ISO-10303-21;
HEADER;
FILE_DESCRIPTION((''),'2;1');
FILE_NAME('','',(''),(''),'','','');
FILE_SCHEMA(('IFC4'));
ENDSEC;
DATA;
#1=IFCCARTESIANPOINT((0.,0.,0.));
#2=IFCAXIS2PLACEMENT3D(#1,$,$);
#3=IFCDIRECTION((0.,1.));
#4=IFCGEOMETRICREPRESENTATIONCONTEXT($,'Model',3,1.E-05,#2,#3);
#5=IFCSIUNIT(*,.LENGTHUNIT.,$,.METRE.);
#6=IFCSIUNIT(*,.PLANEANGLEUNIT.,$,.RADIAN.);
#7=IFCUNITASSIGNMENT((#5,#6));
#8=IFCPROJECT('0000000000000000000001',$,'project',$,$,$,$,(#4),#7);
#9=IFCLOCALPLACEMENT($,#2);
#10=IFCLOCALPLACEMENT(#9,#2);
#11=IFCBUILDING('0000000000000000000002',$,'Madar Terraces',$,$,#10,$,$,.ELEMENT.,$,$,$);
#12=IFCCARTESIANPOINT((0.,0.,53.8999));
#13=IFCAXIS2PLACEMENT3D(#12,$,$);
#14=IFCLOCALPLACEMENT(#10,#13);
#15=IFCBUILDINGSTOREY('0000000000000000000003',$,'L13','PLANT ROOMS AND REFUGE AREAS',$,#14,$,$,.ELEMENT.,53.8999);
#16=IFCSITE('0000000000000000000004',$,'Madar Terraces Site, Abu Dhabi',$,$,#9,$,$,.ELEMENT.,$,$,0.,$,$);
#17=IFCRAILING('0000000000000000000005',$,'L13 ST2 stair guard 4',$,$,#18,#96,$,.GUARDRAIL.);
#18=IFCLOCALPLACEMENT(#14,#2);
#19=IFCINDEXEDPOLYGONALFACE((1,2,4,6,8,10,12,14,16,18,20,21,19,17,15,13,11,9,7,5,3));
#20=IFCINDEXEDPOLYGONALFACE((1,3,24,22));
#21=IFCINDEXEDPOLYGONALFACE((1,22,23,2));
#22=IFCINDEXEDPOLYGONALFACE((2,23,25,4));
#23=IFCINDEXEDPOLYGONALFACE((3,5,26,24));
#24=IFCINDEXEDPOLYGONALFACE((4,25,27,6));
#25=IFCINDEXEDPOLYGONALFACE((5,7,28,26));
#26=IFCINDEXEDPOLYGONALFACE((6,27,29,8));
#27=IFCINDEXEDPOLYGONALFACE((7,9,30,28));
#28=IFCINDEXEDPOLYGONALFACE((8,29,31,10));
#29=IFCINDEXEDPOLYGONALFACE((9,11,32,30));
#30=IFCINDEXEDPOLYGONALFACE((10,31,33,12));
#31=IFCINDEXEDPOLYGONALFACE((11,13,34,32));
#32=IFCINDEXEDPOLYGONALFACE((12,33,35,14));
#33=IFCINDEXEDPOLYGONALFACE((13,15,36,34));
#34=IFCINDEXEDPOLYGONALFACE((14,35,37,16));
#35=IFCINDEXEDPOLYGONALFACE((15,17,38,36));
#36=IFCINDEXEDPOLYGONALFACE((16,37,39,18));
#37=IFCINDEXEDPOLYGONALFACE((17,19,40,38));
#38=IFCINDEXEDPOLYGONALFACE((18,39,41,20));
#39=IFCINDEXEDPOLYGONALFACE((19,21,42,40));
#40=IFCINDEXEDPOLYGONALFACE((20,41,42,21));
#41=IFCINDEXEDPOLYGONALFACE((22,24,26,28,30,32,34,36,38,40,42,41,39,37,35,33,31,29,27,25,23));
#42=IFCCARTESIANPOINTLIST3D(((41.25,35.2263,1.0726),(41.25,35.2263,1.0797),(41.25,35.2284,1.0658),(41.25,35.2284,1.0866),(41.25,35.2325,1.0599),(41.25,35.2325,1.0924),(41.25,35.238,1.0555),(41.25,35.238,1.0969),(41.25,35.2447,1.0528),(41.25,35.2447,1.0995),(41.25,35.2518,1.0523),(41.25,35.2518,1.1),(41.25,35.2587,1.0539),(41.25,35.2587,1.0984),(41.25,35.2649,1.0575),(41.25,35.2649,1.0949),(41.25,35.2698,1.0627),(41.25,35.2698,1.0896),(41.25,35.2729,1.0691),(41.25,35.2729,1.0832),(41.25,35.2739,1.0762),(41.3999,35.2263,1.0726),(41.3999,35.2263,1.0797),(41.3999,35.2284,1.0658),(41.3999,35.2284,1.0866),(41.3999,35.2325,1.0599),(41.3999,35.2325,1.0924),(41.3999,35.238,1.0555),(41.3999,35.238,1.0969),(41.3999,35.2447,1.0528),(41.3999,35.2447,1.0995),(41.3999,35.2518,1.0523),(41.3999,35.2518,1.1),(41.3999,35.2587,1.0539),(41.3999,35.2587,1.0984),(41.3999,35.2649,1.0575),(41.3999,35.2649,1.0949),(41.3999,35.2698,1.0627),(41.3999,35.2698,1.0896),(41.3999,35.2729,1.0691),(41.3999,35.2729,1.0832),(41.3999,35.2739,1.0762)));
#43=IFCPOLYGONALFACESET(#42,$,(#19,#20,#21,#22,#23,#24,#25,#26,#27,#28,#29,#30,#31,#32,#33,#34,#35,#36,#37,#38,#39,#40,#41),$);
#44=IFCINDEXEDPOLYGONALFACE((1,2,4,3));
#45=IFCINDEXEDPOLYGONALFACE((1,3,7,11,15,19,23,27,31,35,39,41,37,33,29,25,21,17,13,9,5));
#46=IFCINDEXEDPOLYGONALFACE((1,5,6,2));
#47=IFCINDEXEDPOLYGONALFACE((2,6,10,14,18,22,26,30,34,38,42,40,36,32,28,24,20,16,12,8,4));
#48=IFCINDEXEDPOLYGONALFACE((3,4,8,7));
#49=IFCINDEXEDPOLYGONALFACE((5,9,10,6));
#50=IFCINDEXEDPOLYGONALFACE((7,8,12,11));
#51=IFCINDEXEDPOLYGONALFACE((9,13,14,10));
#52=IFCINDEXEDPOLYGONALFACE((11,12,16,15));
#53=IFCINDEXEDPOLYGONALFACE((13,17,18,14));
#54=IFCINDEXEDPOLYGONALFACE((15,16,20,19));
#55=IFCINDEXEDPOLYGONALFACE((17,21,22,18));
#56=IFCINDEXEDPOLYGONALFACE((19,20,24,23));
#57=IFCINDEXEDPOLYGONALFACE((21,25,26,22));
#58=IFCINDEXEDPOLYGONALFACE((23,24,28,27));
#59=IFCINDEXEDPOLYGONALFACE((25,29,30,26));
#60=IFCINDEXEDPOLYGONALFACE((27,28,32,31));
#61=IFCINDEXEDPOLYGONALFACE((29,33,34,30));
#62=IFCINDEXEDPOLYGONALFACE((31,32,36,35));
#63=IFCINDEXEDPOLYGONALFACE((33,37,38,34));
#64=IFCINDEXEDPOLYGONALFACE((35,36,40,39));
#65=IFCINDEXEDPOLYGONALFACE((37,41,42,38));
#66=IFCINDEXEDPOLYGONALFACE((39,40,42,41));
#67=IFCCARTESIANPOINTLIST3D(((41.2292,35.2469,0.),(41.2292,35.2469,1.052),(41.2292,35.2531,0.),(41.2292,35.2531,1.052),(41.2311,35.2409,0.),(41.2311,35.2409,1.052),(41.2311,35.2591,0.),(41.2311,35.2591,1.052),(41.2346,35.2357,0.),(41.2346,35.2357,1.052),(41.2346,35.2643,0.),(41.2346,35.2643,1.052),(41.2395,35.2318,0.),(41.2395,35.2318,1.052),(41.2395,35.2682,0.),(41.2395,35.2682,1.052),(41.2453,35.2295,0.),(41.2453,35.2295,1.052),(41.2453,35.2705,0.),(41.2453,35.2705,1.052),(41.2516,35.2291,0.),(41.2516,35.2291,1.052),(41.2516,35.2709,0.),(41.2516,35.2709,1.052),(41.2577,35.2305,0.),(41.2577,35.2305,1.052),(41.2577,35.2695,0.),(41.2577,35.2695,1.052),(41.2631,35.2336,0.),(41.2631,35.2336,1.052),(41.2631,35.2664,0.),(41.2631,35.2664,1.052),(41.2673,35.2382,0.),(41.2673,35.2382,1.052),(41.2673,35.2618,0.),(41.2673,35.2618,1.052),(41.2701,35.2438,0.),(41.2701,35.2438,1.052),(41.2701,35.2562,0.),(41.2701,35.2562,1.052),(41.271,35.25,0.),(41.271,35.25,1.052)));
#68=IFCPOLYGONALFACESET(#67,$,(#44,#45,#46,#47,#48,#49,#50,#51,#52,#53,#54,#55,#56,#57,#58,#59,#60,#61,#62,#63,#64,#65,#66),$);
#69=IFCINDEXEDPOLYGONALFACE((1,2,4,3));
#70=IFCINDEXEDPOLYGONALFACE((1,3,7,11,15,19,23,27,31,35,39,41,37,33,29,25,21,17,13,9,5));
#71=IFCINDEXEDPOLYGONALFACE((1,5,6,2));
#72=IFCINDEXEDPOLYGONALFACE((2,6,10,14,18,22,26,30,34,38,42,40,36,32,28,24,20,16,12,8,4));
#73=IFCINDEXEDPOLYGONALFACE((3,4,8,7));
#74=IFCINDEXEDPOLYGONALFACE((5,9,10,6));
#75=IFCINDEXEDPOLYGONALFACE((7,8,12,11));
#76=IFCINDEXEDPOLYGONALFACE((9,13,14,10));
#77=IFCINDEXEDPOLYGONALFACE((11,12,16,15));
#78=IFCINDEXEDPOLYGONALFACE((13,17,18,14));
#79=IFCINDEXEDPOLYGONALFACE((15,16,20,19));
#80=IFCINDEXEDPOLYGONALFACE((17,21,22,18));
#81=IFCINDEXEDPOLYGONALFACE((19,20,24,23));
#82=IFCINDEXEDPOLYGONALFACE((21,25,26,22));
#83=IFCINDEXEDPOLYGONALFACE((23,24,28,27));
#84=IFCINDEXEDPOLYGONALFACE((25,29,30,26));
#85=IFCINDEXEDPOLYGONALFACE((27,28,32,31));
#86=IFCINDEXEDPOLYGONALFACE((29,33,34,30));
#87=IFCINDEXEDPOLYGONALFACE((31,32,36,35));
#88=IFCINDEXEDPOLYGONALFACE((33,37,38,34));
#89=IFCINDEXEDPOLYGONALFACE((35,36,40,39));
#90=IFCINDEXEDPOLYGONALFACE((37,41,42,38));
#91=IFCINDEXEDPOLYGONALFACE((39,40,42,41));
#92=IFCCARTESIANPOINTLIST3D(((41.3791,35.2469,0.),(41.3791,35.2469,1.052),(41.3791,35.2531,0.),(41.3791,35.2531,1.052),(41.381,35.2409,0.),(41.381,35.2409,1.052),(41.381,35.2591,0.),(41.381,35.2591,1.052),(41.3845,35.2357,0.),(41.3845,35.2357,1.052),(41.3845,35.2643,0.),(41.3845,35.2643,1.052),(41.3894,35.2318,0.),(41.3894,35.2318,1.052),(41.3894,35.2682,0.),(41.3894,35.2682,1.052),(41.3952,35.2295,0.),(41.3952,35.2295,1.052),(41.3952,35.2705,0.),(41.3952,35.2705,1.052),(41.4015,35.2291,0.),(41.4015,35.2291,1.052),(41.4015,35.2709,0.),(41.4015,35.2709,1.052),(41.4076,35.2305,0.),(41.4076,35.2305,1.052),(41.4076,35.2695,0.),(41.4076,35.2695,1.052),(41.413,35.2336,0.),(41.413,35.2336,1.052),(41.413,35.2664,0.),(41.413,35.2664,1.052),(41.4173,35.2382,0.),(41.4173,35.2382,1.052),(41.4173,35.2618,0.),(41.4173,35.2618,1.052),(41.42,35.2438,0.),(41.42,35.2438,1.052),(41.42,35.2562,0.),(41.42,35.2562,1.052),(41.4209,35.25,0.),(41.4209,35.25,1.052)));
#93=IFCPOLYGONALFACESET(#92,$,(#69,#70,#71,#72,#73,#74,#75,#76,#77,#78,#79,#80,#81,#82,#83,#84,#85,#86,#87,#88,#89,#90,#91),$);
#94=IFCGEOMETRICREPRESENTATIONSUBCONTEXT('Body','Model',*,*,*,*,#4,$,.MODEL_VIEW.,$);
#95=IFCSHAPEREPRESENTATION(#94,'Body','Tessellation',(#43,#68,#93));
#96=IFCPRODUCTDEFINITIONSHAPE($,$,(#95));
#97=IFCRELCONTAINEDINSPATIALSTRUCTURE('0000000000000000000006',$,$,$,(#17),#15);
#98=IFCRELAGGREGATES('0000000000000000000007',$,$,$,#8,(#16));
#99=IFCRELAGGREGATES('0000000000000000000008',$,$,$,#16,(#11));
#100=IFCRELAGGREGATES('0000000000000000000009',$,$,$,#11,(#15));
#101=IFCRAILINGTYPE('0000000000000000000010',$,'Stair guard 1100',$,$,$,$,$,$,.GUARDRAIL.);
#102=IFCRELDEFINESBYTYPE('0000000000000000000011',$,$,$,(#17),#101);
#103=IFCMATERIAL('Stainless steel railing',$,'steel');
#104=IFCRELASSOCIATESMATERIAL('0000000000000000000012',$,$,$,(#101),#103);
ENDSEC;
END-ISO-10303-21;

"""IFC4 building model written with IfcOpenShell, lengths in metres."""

from ifc_helpers import new_model, si_unit, direction, frame, origin, origin_2d, place, context, subcontext, project, spatial, circle, extrude, material, type_object, element, save


model = new_model("IFC4")

# Units and contexts
model_context = context("Model", 3, precision=1e-05, world=origin(), true_north=direction((0.0, 1.0)))
body_context = subcontext(model_context, "Body", "Model", "MODEL_VIEW")
ifc_project = project(units=[si_unit("LENGTHUNIT", "METRE"), si_unit("PLANEANGLEUNIT", "RADIAN")], contexts=[model_context])

# Site, building, storey
site_placement = place(None, origin())
site = spatial("IfcSite", under=ifc_project, at=site_placement, Name="Madar Terraces Site, Abu Dhabi", CompositionType="ELEMENT", RefElevation=0.0)
building_placement = place(site_placement, origin())
building = spatial("IfcBuilding", under=site, at=building_placement, Name="Madar Terraces", CompositionType="ELEMENT")
storey_placement = place(building_placement, frame((0.0, 0.0, 53.8999)))
storey = spatial("IfcBuildingStorey", under=building, at=storey_placement, Name="L13", Description="PLANT ROOMS AND REFUGE AREAS", CompositionType="ELEMENT", Elevation=53.8999)

# Railing
ifc_material_1 = material(Name="Stainless steel railing", Category="steel")
railing_type_1 = type_object("IfcRailingType", Name="Stair guard 1100", PredefinedType="GUARDRAIL", material=ifc_material_1)
railing_1_placement = place(storey_placement, frame((41.25, 35.25, 0.0)))
element("IfcRailing", 1, at=railing_1_placement, inside=storey, type_object=railing_type_1, Name="L13 ST2 stair guard 4", PredefinedType="GUARDRAIL", context=body_context, shape_type="SweptSolid", body=[
    extrude(circle(Radius=0.0239, at=origin_2d()), frame((0.0, 0.0, 1.0762), z_axis=(1.0, 0.0, 0.0), x_axis=(0.0, 1.0, 0.0)), (0.0, 0.0, 1.0), 0.1499),
    extrude(circle(Radius=0.021, at=origin_2d()), origin(), (0.0, 0.0, 1.0), 1.052),
    extrude(circle(Radius=0.021, at=origin_2d()), frame((0.1499, 0.0, 0.0)), (0.0, 0.0, 1.0), 1.052),
])

save(model, "model.ifc")
